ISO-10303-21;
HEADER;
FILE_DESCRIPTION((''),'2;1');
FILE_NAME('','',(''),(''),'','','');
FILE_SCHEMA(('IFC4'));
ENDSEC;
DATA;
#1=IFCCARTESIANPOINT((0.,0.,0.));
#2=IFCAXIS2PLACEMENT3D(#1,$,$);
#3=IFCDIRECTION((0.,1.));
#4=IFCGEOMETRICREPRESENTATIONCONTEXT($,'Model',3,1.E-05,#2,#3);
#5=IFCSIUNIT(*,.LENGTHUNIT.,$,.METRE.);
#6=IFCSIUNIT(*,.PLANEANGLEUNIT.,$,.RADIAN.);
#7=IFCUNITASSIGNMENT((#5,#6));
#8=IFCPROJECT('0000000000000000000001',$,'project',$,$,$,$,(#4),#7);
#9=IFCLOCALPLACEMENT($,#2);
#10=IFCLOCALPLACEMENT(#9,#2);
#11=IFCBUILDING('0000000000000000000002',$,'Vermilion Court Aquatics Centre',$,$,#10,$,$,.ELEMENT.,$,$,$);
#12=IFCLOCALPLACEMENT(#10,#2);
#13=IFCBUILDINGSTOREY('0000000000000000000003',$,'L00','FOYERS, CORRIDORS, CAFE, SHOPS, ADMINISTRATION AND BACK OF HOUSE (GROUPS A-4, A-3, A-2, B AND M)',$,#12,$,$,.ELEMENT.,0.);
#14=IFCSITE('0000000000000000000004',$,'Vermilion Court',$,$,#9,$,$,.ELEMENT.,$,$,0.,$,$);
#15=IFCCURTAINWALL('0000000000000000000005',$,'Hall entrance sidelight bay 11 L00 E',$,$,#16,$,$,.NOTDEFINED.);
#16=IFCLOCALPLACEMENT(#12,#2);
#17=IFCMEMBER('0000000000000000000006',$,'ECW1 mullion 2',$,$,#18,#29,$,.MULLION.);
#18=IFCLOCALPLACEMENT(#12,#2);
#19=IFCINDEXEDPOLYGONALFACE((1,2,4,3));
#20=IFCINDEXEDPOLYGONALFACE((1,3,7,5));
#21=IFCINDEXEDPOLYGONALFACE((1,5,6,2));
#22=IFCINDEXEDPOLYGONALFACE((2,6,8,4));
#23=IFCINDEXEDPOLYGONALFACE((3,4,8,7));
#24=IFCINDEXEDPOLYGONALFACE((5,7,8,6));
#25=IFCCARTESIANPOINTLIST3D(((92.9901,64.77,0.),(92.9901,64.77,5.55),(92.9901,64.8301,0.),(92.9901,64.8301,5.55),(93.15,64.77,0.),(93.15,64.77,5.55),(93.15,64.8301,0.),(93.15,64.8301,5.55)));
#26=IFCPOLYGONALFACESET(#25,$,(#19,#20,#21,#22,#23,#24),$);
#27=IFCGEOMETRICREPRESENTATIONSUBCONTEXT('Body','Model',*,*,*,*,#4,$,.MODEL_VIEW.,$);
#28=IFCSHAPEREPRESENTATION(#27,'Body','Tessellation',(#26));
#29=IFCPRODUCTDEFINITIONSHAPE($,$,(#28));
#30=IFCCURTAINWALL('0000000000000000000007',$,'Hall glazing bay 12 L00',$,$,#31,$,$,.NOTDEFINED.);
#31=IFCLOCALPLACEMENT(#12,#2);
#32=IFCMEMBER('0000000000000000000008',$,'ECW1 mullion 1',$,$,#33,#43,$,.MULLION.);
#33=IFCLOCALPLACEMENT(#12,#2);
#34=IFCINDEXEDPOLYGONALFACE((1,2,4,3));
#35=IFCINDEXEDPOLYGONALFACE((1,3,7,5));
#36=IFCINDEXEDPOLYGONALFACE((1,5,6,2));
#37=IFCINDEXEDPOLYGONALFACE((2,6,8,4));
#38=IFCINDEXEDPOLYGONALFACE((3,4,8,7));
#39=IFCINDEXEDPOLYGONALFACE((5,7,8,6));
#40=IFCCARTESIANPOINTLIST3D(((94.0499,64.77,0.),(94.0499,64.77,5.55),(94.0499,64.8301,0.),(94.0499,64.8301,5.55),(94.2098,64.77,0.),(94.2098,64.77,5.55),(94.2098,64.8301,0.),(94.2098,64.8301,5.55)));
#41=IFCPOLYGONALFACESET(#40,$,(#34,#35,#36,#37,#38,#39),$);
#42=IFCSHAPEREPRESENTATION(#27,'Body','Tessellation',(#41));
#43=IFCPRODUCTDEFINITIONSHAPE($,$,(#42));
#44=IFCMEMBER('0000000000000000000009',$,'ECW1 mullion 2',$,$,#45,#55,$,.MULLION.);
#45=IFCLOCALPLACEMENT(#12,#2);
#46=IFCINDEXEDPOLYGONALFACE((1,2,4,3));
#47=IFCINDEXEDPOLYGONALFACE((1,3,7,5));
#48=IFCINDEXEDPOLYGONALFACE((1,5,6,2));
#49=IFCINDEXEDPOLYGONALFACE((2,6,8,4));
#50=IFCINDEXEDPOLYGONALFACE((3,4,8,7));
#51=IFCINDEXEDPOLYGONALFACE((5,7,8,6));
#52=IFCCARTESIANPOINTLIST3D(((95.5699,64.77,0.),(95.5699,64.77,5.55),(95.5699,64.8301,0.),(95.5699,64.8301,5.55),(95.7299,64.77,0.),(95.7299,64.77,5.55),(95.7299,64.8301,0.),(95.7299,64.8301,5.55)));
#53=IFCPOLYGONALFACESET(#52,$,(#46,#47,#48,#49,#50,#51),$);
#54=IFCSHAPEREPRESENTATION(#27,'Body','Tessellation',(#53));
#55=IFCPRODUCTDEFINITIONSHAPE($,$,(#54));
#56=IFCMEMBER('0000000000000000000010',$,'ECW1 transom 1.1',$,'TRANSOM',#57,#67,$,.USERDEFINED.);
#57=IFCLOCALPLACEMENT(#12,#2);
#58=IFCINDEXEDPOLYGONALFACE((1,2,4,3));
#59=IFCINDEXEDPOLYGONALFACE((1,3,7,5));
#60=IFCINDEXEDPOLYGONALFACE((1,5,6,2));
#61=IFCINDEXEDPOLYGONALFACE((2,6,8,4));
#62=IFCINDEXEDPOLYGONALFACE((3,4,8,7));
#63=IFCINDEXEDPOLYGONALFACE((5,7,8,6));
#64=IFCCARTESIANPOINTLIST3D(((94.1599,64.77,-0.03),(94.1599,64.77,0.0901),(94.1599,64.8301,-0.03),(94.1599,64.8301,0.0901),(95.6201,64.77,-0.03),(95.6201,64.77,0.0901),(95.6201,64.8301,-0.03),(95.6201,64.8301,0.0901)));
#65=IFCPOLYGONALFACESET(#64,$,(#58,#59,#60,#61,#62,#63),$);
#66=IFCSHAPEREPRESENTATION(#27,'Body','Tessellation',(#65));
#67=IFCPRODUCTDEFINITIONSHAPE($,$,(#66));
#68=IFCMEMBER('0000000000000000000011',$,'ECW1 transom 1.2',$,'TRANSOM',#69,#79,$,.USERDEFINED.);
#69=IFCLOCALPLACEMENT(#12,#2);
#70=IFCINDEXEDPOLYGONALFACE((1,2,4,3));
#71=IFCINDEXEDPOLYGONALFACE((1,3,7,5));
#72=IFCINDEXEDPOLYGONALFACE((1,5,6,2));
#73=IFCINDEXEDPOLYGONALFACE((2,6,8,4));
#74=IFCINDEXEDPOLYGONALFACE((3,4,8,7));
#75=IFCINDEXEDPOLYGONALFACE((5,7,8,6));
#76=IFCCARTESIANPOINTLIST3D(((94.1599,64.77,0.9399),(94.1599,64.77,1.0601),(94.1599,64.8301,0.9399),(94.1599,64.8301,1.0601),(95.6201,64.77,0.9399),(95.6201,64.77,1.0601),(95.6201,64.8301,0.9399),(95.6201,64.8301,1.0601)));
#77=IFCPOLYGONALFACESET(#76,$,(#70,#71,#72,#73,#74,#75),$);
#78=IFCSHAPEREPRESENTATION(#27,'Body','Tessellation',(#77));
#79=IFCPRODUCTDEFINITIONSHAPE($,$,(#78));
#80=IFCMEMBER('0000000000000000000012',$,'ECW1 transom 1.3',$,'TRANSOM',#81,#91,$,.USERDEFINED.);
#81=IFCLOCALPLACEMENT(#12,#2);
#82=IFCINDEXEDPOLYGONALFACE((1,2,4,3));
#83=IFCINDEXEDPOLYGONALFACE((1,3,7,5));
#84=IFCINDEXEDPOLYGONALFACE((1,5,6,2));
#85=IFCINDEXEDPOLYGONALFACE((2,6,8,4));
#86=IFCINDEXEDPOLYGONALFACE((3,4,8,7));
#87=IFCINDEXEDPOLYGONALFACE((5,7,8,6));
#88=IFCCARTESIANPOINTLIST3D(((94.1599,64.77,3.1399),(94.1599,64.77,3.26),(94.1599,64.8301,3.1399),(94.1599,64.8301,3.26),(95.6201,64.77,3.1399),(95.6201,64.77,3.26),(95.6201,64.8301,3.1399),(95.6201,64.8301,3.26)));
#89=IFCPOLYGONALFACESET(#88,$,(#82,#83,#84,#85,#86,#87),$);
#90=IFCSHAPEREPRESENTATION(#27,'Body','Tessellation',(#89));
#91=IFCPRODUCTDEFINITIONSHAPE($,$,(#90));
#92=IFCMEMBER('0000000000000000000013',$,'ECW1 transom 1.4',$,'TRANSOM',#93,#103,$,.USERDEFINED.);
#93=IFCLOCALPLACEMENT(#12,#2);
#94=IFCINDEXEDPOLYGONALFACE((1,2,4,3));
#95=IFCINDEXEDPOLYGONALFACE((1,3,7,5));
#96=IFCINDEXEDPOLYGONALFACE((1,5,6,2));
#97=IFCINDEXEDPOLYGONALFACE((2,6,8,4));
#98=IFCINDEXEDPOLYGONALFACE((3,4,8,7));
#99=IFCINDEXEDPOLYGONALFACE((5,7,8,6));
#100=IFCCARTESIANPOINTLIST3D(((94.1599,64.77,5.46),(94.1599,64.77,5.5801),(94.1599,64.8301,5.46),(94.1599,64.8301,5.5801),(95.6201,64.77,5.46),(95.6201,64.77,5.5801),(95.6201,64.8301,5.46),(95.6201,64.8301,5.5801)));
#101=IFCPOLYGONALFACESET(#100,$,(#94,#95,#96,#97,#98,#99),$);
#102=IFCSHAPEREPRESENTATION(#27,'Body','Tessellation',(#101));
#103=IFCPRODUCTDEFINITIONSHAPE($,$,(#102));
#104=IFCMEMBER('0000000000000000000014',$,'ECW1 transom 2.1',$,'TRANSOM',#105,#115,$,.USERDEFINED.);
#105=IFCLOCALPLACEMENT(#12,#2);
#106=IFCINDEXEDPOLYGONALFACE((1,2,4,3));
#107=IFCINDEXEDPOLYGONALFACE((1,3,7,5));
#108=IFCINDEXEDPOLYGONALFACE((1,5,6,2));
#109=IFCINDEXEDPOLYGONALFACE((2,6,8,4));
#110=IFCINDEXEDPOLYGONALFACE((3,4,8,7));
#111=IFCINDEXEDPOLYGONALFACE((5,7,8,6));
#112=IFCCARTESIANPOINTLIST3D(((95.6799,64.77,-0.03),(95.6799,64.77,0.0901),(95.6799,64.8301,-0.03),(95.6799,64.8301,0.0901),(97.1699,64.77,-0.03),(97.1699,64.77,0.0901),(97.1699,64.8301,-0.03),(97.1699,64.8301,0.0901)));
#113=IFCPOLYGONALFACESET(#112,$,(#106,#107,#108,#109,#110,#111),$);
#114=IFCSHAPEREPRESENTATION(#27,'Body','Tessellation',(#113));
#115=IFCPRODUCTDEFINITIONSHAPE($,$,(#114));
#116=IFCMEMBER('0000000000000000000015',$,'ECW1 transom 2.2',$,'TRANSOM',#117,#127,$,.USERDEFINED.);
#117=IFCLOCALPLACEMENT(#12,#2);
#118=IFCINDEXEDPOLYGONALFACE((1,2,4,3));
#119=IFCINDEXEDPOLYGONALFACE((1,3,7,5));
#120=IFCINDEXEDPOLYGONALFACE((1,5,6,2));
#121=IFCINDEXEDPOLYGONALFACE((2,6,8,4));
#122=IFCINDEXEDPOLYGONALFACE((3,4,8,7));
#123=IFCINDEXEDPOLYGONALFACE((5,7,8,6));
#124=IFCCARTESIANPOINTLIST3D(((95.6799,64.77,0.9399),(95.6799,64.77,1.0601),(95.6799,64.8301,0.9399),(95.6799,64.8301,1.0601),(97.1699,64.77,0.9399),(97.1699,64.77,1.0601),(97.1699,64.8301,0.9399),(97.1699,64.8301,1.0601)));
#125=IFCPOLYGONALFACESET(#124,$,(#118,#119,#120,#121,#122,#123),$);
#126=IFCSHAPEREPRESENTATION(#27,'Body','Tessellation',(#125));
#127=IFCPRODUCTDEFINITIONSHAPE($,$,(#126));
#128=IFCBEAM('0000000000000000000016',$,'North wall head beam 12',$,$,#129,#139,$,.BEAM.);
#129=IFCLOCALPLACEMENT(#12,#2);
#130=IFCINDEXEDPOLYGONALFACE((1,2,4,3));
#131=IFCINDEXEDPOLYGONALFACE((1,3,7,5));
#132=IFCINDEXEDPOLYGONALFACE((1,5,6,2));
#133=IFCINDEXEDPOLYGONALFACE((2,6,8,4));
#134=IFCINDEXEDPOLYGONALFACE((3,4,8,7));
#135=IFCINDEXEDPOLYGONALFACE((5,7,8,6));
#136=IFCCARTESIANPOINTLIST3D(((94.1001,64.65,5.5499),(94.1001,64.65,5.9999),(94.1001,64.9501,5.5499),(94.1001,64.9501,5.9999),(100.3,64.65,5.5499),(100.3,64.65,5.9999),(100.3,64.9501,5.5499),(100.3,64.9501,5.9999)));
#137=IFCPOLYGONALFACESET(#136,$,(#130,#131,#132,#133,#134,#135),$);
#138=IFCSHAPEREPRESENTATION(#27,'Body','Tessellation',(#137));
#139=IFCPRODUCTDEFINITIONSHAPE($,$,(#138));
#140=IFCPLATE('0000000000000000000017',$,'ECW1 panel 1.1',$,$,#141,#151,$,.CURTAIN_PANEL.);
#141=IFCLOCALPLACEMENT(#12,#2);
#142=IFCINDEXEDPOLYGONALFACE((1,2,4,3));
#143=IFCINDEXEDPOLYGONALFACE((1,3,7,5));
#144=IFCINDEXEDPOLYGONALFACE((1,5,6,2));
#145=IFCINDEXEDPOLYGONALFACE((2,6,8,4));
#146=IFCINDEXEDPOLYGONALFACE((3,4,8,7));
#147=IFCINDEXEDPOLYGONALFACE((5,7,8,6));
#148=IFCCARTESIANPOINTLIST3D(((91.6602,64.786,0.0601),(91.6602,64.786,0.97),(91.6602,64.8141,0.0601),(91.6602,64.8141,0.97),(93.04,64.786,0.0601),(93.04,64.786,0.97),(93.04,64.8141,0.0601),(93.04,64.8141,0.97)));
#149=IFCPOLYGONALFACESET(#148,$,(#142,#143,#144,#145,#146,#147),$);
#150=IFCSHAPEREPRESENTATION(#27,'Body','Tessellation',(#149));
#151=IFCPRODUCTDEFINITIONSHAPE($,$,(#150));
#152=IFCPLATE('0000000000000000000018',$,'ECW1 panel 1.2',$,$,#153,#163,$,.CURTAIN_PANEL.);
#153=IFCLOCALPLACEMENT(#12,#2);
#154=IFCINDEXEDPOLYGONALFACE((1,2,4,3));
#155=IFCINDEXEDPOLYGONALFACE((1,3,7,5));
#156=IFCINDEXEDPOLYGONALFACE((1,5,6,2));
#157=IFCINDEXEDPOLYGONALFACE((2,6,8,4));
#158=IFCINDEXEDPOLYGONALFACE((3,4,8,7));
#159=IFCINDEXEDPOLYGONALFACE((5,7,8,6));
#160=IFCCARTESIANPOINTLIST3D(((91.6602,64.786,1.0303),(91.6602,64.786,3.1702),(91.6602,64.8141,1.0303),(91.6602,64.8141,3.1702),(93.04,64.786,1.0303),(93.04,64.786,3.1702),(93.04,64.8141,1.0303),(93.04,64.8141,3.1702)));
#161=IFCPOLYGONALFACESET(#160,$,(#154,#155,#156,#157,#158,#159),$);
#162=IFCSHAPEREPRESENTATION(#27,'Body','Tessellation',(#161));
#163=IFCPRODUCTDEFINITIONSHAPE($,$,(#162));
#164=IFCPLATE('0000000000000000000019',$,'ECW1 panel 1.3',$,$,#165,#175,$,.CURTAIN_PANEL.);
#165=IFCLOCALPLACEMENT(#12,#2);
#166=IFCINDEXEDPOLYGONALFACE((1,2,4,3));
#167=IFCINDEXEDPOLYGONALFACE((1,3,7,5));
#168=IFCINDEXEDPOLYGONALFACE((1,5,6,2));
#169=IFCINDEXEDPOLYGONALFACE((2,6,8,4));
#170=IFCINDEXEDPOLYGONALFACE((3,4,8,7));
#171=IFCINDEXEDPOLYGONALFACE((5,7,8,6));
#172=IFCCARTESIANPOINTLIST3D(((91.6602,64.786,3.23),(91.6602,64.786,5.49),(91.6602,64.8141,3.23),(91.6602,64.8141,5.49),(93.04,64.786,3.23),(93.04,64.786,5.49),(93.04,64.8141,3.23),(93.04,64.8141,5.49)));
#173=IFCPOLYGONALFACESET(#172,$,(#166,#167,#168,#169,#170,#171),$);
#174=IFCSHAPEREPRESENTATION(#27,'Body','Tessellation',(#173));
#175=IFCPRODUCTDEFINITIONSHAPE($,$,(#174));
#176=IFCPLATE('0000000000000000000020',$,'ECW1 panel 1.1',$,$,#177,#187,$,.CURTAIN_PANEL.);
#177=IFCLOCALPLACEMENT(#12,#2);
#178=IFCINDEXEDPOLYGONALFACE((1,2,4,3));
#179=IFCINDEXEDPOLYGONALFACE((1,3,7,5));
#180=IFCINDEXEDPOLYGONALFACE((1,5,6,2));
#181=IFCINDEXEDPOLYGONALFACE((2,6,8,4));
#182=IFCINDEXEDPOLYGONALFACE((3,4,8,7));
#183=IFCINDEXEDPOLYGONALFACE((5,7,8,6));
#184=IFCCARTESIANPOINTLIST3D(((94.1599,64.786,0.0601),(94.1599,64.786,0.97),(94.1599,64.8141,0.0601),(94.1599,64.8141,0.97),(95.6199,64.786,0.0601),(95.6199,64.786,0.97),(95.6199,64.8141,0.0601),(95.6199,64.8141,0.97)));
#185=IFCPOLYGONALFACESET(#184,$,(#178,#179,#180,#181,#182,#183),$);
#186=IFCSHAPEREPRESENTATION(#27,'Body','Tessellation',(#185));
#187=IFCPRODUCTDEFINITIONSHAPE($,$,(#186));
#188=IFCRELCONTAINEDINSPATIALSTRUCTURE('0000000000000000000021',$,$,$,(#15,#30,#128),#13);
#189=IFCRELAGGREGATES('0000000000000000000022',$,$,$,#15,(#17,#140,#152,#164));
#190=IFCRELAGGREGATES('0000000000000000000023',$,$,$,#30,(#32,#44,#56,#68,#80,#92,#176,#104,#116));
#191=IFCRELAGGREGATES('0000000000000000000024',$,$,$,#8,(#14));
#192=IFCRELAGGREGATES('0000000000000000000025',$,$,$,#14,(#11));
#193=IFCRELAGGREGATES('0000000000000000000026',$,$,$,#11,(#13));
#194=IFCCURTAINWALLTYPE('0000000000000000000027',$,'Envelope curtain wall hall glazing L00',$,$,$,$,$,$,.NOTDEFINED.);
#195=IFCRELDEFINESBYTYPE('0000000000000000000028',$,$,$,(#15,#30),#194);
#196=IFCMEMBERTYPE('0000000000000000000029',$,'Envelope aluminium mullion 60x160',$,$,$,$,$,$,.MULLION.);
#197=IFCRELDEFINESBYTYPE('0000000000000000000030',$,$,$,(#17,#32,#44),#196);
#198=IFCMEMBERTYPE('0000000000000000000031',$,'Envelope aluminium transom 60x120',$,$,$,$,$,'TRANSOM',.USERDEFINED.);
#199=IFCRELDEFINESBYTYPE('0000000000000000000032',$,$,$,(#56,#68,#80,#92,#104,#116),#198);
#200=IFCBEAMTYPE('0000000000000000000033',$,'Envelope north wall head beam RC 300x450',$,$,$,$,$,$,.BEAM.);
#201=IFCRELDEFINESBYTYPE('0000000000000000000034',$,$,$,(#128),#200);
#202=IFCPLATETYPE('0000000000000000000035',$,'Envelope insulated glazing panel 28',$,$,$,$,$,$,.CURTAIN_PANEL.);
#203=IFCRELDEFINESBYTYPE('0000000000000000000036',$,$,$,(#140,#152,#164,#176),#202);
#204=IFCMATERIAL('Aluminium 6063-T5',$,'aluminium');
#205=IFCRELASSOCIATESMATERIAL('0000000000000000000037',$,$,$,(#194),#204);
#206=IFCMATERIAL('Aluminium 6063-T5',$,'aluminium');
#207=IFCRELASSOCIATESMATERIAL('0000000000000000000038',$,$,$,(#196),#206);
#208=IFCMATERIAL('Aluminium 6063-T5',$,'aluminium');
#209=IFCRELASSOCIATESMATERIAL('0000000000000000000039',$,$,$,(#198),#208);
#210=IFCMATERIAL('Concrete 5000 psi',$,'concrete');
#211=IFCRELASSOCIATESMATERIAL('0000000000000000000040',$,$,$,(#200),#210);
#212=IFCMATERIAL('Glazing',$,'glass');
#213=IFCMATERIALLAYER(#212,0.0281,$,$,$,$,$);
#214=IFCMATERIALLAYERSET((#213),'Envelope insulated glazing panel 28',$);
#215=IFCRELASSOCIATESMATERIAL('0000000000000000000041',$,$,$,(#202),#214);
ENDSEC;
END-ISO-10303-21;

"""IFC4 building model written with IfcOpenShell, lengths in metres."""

from ifc_helpers import new_model, si_unit, direction, frame, origin, origin_2d, place, context, subcontext, project, spatial, rectangle, extrude, material, layer, layer_set, material_profile, profile_set, type_object, element, aggregate, save


model = new_model("IFC4")

# Units and contexts
model_context = context("Model", 3, precision=1e-05, world=origin(), true_north=direction((0.0, 1.0)))
body_context = subcontext(model_context, "Body", "Model", "MODEL_VIEW")
ifc_project = project(units=[si_unit("LENGTHUNIT", "METRE"), si_unit("PLANEANGLEUNIT", "RADIAN")], contexts=[model_context])

# Site, building, storey
site_placement = place(None, origin())
site = spatial("IfcSite", under=ifc_project, at=site_placement, Name="Vermilion Court", CompositionType="ELEMENT", RefElevation=0.0)
building_placement = place(site_placement, origin())
building = spatial("IfcBuilding", under=site, at=building_placement, Name="Vermilion Court Aquatics Centre", CompositionType="ELEMENT")
storey_placement = place(building_placement, origin())
storey = spatial("IfcBuildingStorey", under=building, at=storey_placement, Name="L00", Description="FOYERS, CORRIDORS, CAFE, SHOPS, ADMINISTRATION AND BACK OF HOUSE (GROUPS A-4, A-3, A-2, B AND M)", CompositionType="ELEMENT", Elevation=0.0)

# Curtain wall, member
ifc_material_1 = material(Name="Aluminium 6063-T5", Category="aluminium")
curtain_wall_type = type_object("IfcCurtainWallType", Name="Envelope curtain wall hall glazing L00", PredefinedType="NOTDEFINED", material=ifc_material_1)
curtain_wall_1_placement = place(storey_placement, origin())
curtain_wall_1 = element("IfcCurtainWall", 1, at=curtain_wall_1_placement, inside=storey, type_object=curtain_wall_type, Name="Hall entrance sidelight bay 11 L00 E", PredefinedType="NOTDEFINED")
ifc_material_2 = material(Name="Aluminium 6063-T5", Category="aluminium")
ifc_material_profile_1 = material_profile(ifc_material_2, rectangle(XDim=0.0601, YDim=0.1599, at=origin_2d()), Name="AL 60x160")
ifc_profile_set_1 = profile_set([ifc_material_profile_1], Name="Aluminium 6063-T5")
member_type_1 = type_object("IfcMemberType", Name="Envelope aluminium mullion 60x160", PredefinedType="MULLION", material=ifc_profile_set_1)
member_1_placement = place(storey_placement, frame((93.0701, 64.8, 0.0), z_axis=(0.0, 0.0, 1.0), x_axis=(0.0, 1.0, 0.0)))
member_1 = element("IfcMember", 2, at=member_1_placement, type_object=member_type_1, Name="ECW1 mullion 2", PredefinedType="MULLION", context=body_context, shape_type="SweptSolid", body=[
    extrude(rectangle(XDim=0.0601, YDim=0.1599, at=origin_2d()), origin(), (0.0, 0.0, 1.0), 5.55),
])

# Curtain wall, members
curtain_wall_2_placement = place(storey_placement, origin())
curtain_wall_2 = element("IfcCurtainWall", 3, at=curtain_wall_2_placement, inside=storey, type_object=curtain_wall_type, Name="Hall glazing bay 12 L00", PredefinedType="NOTDEFINED")
member_2_placement = place(storey_placement, frame((94.1299, 64.8, 0.0), z_axis=(0.0, 0.0, 1.0), x_axis=(0.0, 1.0, 0.0)))
member_2 = element("IfcMember", 4, at=member_2_placement, type_object=member_type_1, Name="ECW1 mullion 1", PredefinedType="MULLION", context=body_context, shape_type="SweptSolid", body=[
    extrude(rectangle(XDim=0.0601, YDim=0.1599, at=origin_2d()), origin(), (0.0, 0.0, 1.0), 5.55),
])
member_3_placement = place(storey_placement, frame((95.6499, 64.8, 0.0), z_axis=(0.0, 0.0, 1.0), x_axis=(0.0, 1.0, 0.0)))
member_3 = element("IfcMember", 5, at=member_3_placement, type_object=member_type_1, Name="ECW1 mullion 2", PredefinedType="MULLION", context=body_context, shape_type="SweptSolid", body=[
    extrude(rectangle(XDim=0.0601, YDim=0.1599, at=origin_2d()), origin(), (0.0, 0.0, 1.0), 5.55),
])
ifc_material_3 = material(Name="Aluminium 6063-T5", Category="aluminium")
ifc_material_profile_2 = material_profile(ifc_material_3, rectangle(XDim=0.0601, YDim=0.1201, at=origin_2d()), Name="AL 60x120")
ifc_profile_set_2 = profile_set([ifc_material_profile_2], Name="Aluminium 6063-T5")
member_type_2 = type_object("IfcMemberType", Name="Envelope aluminium transom 60x120", ElementType="TRANSOM", PredefinedType="USERDEFINED", material=ifc_profile_set_2)
member_4_placement = place(storey_placement, frame((94.1599, 64.8, 0.03), z_axis=(1.0, 0.0, 0.0), x_axis=(0.0, 1.0, 0.0)))
member_4 = element("IfcMember", 6, at=member_4_placement, type_object=member_type_2, Name="ECW1 transom 1.1", ObjectType="TRANSOM", PredefinedType="USERDEFINED", context=body_context, shape_type="SweptSolid", body=[
    extrude(rectangle(XDim=0.0601, YDim=0.1201, at=origin_2d()), origin(), (0.0, 0.0, 1.0), 1.4602),
])
member_5_placement = place(storey_placement, frame((94.1599, 64.8, 1.0), z_axis=(1.0, 0.0, 0.0), x_axis=(0.0, 1.0, 0.0)))
member_5 = element("IfcMember", 7, at=member_5_placement, type_object=member_type_2, Name="ECW1 transom 1.2", ObjectType="TRANSOM", PredefinedType="USERDEFINED", context=body_context, shape_type="SweptSolid", body=[
    extrude(rectangle(XDim=0.0601, YDim=0.1201, at=origin_2d()), origin(), (0.0, 0.0, 1.0), 1.4602),
])
member_6_placement = place(storey_placement, frame((94.1599, 64.8, 3.2), z_axis=(1.0, 0.0, 0.0), x_axis=(0.0, 1.0, 0.0)))
member_6 = element("IfcMember", 8, at=member_6_placement, type_object=member_type_2, Name="ECW1 transom 1.3", ObjectType="TRANSOM", PredefinedType="USERDEFINED", context=body_context, shape_type="SweptSolid", body=[
    extrude(rectangle(XDim=0.0601, YDim=0.1201, at=origin_2d()), origin(), (0.0, 0.0, 1.0), 1.4602),
])
member_7_placement = place(storey_placement, frame((94.1599, 64.8, 5.52), z_axis=(1.0, 0.0, 0.0), x_axis=(0.0, 1.0, 0.0)))
member_7 = element("IfcMember", 9, at=member_7_placement, type_object=member_type_2, Name="ECW1 transom 1.4", ObjectType="TRANSOM", PredefinedType="USERDEFINED", context=body_context, shape_type="SweptSolid", body=[
    extrude(rectangle(XDim=0.0601, YDim=0.1201, at=origin_2d()), origin(), (0.0, 0.0, 1.0), 1.4602),
])
member_8_placement = place(storey_placement, frame((95.6799, 64.8, 0.03), z_axis=(1.0, 0.0, 0.0), x_axis=(0.0, 1.0, 0.0)))
member_8 = element("IfcMember", 10, at=member_8_placement, type_object=member_type_2, Name="ECW1 transom 2.1", ObjectType="TRANSOM", PredefinedType="USERDEFINED", context=body_context, shape_type="SweptSolid", body=[
    extrude(rectangle(XDim=0.0601, YDim=0.1201, at=origin_2d()), origin(), (0.0, 0.0, 1.0), 1.49),
])
member_9_placement = place(storey_placement, frame((95.6799, 64.8, 1.0), z_axis=(1.0, 0.0, 0.0), x_axis=(0.0, 1.0, 0.0)))
member_9 = element("IfcMember", 11, at=member_9_placement, type_object=member_type_2, Name="ECW1 transom 2.2", ObjectType="TRANSOM", PredefinedType="USERDEFINED", context=body_context, shape_type="SweptSolid", body=[
    extrude(rectangle(XDim=0.0601, YDim=0.1201, at=origin_2d()), origin(), (0.0, 0.0, 1.0), 1.49),
])

# Beam
ifc_material_4 = material(Name="Concrete 5000 psi", Category="concrete")
ifc_material_profile_3 = material_profile(ifc_material_4, rectangle(XDim=0.3, YDim=0.45, at=origin_2d()), Name="RC 300x450")
ifc_profile_set_3 = profile_set([ifc_material_profile_3], Name="Concrete 5000 psi")
beam_type = type_object("IfcBeamType", Name="Envelope north wall head beam RC 300x450", PredefinedType="BEAM", material=ifc_profile_set_3)
beam_placement = place(storey_placement, frame((94.1001, 64.8, 5.7749), z_axis=(1.0, 0.0, 0.0), x_axis=(0.0, 1.0, 0.0)))
element("IfcBeam", 12, at=beam_placement, inside=storey, type_object=beam_type, Name="North wall head beam 12", PredefinedType="BEAM", context=body_context, shape_type="SweptSolid", body=[
    extrude(rectangle(XDim=0.3, YDim=0.45, at=origin_2d()), origin(), (0.0, 0.0, 1.0), 6.2),
])

# Plates
ifc_material_5 = material(Name="Glazing", Category="glass")
ifc_layer_1 = layer(ifc_material_5, 0.0281)
ifc_layer_set_1 = layer_set([ifc_layer_1], Name="Envelope insulated glazing panel 28")
plate_type = type_object("IfcPlateType", Name="Envelope insulated glazing panel 28", PredefinedType="CURTAIN_PANEL", material=ifc_layer_set_1)
plate_1_placement = place(storey_placement, frame((92.3501, 64.8, 0.0601), z_axis=(0.0, 0.0, 1.0), x_axis=(1.0, 0.0, 0.0)))
plate_1 = element("IfcPlate", 13, at=plate_1_placement, type_object=plate_type, Name="ECW1 panel 1.1", PredefinedType="CURTAIN_PANEL", context=body_context, shape_type="SweptSolid", body=[
    extrude(rectangle(XDim=1.3799, YDim=0.0281, at=origin_2d()), origin(), (0.0, 0.0, 1.0), 0.9099),
])
plate_2_placement = place(storey_placement, frame((92.3501, 64.8, 1.0303), z_axis=(0.0, 0.0, 1.0), x_axis=(1.0, 0.0, 0.0)))
plate_2 = element("IfcPlate", 14, at=plate_2_placement, type_object=plate_type, Name="ECW1 panel 1.2", PredefinedType="CURTAIN_PANEL", context=body_context, shape_type="SweptSolid", body=[
    extrude(rectangle(XDim=1.3799, YDim=0.0281, at=origin_2d()), origin(), (0.0, 0.0, 1.0), 2.1399),
])
plate_3_placement = place(storey_placement, frame((92.3501, 64.8, 3.23), z_axis=(0.0, 0.0, 1.0), x_axis=(1.0, 0.0, 0.0)))
plate_3 = element("IfcPlate", 15, at=plate_3_placement, type_object=plate_type, Name="ECW1 panel 1.3", PredefinedType="CURTAIN_PANEL", context=body_context, shape_type="SweptSolid", body=[
    extrude(rectangle(XDim=1.3799, YDim=0.0281, at=origin_2d()), origin(), (0.0, 0.0, 1.0), 2.26),
])
aggregate(curtain_wall_1, [member_1, plate_1, plate_2, plate_3])
plate_4_placement = place(storey_placement, frame((94.8899, 64.8, 0.0601), z_axis=(0.0, 0.0, 1.0), x_axis=(1.0, 0.0, 0.0)))
plate_4 = element("IfcPlate", 16, at=plate_4_placement, type_object=plate_type, Name="ECW1 panel 1.1", PredefinedType="CURTAIN_PANEL", context=body_context, shape_type="SweptSolid", body=[
    extrude(rectangle(XDim=1.46, YDim=0.0281, at=origin_2d()), origin(), (0.0, 0.0, 1.0), 0.9099),
])
aggregate(curtain_wall_2, [member_2, member_3, member_4, member_5, member_6, member_7, plate_4, member_8, member_9])

save(model, "model.ifc")
